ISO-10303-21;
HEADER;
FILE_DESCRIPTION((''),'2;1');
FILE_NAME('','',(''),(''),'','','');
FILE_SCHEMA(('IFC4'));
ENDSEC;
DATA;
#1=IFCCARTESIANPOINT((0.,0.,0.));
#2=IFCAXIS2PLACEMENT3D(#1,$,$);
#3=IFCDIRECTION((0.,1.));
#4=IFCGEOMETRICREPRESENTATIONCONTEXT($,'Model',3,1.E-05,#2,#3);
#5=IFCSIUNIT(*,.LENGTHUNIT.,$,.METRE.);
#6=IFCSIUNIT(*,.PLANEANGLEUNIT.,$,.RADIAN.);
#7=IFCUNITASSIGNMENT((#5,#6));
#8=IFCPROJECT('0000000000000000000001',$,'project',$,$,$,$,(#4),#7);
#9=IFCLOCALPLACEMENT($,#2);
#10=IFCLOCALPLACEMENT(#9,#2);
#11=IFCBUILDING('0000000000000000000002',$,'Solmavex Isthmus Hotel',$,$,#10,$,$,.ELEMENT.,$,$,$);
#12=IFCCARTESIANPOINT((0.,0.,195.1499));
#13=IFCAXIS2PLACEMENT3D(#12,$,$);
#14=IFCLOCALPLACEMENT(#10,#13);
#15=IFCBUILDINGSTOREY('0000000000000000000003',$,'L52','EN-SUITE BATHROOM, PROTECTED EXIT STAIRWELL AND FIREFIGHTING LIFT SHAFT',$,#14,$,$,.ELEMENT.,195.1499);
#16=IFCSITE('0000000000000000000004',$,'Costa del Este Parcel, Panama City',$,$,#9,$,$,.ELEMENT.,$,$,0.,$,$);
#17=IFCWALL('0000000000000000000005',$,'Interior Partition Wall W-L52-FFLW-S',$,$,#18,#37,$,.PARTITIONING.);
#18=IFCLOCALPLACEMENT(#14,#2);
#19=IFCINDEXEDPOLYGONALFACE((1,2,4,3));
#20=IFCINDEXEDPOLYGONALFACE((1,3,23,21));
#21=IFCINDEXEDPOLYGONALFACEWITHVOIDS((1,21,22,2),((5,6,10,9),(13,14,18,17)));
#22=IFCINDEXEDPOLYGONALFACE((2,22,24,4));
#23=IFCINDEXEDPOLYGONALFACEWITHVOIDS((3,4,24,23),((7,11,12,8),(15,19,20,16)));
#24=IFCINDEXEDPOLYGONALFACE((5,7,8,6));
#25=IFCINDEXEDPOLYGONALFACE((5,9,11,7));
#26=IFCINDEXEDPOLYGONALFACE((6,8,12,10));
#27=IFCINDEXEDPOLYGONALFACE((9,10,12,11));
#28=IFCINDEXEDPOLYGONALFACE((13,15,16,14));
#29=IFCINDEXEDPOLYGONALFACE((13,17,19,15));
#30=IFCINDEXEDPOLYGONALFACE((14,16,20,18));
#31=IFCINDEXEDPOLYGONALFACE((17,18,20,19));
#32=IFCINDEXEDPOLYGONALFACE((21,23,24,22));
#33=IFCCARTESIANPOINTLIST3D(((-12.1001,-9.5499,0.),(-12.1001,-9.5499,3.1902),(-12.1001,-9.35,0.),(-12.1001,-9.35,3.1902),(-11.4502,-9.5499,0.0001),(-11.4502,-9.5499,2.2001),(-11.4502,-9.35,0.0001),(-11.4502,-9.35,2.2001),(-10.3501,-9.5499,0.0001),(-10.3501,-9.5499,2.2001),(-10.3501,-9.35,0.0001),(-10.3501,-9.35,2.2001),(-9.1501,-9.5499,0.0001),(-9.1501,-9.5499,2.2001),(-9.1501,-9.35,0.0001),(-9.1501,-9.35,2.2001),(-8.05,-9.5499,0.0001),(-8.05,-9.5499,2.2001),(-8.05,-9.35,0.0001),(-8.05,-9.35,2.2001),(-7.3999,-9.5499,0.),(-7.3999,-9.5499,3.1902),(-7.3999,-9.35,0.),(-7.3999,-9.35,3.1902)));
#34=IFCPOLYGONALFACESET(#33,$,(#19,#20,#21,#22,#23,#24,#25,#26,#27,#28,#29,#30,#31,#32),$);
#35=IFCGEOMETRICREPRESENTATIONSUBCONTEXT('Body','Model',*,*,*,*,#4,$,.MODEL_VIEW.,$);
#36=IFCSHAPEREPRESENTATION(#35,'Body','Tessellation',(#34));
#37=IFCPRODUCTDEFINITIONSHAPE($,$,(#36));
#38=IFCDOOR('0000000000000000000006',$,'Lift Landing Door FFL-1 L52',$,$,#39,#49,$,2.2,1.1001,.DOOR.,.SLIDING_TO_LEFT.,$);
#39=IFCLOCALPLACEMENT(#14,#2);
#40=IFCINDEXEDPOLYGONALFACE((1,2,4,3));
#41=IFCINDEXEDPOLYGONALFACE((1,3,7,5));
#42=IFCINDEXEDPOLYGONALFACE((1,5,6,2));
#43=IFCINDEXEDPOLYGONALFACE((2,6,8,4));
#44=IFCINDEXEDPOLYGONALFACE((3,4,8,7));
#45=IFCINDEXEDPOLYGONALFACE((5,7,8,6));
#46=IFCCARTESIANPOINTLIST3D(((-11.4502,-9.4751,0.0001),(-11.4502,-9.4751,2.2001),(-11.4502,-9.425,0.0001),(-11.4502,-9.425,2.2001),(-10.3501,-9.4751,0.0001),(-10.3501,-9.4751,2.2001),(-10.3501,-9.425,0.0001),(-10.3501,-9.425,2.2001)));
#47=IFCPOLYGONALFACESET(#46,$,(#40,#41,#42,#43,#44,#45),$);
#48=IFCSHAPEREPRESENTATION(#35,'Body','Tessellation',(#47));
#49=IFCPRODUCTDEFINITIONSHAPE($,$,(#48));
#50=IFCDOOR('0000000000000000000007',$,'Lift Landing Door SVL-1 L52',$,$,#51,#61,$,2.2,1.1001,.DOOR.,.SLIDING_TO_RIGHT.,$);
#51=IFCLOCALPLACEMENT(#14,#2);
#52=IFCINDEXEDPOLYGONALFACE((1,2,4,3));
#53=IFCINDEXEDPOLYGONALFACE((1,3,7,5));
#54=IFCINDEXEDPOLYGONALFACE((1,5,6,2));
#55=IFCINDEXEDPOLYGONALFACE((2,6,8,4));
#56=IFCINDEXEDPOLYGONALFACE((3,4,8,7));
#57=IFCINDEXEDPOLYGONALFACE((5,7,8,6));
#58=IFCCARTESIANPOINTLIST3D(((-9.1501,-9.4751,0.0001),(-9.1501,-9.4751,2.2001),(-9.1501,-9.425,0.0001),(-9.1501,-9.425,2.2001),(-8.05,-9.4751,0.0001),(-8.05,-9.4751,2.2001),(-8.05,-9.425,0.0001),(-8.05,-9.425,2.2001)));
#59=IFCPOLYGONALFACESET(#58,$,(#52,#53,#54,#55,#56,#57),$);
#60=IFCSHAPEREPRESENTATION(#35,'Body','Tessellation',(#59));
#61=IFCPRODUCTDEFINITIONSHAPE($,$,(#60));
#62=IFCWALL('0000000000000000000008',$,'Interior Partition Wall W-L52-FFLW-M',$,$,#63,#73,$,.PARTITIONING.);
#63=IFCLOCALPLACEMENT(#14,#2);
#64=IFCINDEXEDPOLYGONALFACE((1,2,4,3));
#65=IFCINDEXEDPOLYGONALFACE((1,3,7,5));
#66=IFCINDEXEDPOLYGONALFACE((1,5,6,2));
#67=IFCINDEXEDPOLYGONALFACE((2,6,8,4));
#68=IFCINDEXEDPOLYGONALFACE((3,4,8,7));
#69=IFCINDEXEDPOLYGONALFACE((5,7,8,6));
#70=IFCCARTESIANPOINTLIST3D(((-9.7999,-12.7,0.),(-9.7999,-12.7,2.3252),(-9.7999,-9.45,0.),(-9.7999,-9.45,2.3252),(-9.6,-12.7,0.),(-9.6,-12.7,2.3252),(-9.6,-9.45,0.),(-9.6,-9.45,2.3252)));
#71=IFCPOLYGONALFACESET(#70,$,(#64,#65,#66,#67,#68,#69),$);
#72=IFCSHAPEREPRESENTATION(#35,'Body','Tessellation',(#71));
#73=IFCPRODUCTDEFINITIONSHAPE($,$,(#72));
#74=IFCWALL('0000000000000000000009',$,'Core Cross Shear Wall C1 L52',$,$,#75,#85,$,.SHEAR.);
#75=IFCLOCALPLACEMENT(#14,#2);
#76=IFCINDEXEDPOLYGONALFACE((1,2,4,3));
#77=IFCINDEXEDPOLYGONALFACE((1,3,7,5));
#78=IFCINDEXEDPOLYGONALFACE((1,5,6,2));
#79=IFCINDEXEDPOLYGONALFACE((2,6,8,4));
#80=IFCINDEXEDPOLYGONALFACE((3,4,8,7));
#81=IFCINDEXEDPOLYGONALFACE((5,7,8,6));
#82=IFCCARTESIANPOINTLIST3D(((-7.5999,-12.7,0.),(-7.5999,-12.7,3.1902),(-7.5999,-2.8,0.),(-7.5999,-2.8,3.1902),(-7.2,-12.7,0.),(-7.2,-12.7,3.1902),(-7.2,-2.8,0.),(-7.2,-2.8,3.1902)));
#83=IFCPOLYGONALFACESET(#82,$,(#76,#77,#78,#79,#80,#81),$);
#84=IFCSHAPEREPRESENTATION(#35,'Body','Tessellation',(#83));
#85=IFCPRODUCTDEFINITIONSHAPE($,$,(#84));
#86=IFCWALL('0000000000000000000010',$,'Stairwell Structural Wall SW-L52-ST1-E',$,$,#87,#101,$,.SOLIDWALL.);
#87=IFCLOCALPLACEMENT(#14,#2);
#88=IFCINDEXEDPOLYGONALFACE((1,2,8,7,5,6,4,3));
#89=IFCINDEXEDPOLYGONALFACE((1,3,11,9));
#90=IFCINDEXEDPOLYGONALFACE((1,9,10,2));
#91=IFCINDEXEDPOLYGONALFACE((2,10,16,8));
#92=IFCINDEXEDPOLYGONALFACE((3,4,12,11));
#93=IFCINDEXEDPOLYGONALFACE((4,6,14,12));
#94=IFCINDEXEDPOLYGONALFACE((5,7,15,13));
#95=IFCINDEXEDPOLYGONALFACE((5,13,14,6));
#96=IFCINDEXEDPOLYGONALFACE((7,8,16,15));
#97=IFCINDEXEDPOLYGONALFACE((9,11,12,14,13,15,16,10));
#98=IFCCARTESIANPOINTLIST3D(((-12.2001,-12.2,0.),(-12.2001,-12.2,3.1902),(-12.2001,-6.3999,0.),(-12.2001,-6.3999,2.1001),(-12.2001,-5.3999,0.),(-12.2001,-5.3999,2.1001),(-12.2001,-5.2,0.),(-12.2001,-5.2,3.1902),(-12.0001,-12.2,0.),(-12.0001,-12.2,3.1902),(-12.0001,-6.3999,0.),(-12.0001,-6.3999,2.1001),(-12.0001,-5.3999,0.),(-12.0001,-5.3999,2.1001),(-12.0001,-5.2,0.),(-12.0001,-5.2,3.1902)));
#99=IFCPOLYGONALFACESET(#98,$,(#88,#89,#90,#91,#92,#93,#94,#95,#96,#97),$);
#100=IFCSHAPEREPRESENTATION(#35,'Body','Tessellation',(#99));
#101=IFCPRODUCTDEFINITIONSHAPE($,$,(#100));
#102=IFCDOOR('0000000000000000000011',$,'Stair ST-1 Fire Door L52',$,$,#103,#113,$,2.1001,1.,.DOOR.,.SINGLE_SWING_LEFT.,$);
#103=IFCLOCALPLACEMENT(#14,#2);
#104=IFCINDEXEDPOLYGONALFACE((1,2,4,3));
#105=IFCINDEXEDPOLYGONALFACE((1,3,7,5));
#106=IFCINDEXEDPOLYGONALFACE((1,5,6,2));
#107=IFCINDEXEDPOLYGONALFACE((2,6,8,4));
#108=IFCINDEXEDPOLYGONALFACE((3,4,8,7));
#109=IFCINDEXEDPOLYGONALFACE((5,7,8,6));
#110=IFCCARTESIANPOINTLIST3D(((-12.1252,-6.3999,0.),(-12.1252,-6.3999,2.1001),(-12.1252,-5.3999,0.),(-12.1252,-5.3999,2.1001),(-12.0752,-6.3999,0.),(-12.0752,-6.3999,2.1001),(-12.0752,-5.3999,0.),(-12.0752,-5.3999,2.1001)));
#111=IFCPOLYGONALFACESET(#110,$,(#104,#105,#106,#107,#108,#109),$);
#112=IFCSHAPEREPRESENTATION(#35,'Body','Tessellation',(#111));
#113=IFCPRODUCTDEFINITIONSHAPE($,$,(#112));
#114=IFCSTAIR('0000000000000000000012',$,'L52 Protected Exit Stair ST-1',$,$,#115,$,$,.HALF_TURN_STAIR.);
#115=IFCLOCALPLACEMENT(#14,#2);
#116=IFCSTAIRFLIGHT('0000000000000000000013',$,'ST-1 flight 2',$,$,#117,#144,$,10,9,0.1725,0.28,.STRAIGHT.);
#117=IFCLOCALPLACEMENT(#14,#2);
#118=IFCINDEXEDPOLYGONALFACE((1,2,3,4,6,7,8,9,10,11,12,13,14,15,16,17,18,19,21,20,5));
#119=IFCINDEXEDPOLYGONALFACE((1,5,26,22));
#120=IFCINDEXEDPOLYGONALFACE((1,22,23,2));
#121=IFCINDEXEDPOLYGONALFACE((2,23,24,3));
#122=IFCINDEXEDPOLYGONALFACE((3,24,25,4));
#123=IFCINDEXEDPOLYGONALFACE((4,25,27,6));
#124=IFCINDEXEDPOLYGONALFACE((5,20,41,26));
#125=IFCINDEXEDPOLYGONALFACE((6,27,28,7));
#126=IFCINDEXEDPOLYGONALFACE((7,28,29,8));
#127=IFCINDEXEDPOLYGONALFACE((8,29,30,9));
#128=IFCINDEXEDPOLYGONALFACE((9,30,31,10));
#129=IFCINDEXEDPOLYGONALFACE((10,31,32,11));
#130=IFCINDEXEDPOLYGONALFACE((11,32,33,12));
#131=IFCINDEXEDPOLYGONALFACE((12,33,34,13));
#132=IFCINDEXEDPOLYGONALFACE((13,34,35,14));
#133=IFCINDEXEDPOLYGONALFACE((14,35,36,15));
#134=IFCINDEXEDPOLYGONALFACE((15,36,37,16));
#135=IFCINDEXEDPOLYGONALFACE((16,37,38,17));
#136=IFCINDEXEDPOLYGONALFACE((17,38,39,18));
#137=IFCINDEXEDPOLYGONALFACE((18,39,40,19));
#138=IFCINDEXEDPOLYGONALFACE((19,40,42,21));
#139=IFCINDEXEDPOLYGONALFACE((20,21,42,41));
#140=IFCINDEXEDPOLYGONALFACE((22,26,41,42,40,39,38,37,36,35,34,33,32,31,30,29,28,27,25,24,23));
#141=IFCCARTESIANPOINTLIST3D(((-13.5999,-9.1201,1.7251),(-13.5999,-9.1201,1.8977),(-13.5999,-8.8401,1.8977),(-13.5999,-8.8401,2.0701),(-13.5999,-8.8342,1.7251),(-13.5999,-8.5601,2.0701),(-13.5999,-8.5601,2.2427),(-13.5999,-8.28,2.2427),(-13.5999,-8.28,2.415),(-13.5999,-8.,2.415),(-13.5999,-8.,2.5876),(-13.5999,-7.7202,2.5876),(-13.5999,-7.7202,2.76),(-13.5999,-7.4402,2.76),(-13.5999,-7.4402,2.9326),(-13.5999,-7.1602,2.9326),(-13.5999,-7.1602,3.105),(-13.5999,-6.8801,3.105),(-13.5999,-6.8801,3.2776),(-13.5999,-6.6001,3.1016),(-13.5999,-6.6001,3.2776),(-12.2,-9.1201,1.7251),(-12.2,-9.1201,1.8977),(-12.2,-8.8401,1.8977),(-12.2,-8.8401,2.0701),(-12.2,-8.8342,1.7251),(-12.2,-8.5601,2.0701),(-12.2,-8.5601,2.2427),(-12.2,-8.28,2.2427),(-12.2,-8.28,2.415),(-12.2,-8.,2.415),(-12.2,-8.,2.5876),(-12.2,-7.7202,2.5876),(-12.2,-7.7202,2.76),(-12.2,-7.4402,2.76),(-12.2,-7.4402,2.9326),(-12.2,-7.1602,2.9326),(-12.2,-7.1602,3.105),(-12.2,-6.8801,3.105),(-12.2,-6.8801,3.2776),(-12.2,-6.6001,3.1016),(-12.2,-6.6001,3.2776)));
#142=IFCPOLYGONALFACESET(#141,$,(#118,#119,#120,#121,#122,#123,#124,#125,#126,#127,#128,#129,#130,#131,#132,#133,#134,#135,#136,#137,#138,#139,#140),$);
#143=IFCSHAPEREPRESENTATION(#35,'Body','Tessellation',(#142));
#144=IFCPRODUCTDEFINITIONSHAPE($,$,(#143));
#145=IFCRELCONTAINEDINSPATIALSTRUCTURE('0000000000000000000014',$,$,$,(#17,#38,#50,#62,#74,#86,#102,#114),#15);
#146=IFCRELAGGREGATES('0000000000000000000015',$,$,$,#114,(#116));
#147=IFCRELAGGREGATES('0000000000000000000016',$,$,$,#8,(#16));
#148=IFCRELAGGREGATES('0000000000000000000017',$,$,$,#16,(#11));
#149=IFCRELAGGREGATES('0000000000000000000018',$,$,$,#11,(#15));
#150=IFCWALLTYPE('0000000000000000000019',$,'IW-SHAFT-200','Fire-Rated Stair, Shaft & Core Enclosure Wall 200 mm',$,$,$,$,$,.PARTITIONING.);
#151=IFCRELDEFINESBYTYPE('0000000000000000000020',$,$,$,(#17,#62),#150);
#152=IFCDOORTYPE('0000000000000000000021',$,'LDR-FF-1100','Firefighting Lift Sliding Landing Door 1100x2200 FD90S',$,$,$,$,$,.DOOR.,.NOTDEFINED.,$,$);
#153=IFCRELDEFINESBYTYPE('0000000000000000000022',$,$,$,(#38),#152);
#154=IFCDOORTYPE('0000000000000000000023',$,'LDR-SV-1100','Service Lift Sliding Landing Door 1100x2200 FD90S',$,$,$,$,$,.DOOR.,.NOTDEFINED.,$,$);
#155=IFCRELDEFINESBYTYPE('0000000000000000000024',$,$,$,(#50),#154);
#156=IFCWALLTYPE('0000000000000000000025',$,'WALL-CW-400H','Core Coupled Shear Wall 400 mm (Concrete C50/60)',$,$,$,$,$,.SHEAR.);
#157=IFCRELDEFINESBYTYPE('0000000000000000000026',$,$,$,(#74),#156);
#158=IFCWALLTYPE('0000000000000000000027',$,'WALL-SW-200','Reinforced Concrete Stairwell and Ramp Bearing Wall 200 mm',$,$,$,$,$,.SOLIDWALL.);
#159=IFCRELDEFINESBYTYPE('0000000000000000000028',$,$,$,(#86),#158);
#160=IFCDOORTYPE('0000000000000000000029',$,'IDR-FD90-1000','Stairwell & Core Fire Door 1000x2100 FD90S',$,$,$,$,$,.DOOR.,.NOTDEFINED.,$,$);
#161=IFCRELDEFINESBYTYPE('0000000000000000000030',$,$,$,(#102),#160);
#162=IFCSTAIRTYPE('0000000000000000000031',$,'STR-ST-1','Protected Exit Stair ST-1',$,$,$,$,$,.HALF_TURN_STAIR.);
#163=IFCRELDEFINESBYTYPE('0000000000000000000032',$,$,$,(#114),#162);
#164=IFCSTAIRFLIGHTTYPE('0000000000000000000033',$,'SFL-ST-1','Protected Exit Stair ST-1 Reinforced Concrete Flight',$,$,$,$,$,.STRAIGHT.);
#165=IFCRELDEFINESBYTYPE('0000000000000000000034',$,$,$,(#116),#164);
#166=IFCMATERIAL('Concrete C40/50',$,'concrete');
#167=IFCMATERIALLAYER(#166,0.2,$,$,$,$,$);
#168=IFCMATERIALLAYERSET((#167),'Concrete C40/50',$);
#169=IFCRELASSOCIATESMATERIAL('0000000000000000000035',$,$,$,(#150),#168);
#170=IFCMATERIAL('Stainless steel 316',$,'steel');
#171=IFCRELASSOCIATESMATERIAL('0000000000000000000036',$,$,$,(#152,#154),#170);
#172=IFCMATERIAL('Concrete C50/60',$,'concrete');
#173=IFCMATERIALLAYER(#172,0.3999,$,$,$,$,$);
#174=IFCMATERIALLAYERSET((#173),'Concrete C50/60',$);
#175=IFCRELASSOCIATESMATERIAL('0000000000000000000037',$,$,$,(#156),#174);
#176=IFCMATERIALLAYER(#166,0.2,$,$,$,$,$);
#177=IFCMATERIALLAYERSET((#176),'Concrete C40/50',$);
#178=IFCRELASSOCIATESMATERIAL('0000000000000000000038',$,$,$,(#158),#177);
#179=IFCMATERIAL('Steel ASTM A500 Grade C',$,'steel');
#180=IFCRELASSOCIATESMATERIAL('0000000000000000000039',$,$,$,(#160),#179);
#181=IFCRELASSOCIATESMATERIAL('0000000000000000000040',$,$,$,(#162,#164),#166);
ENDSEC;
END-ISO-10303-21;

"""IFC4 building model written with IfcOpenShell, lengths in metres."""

from ifc_helpers import new_model, si_unit, direction, frame, frame_2d, origin, place, context, subcontext, project, spatial, polyline, rectangle, outline, extrude, material, layer, layer_set, type_object, element, fill, aggregate, save


model = new_model("IFC4")

# Units and contexts
model_context = context("Model", 3, precision=1e-05, world=origin(), true_north=direction((0.0, 1.0)))
body_context = subcontext(model_context, "Body", "Model", "MODEL_VIEW")
ifc_project = project(units=[si_unit("LENGTHUNIT", "METRE"), si_unit("PLANEANGLEUNIT", "RADIAN")], contexts=[model_context])

# Site, building, storey
site_placement = place(None, origin())
site = spatial("IfcSite", under=ifc_project, at=site_placement, Name="Costa del Este Parcel, Panama City", CompositionType="ELEMENT", RefElevation=0.0)
building_placement = place(site_placement, origin())
building = spatial("IfcBuilding", under=site, at=building_placement, Name="Solmavex Isthmus Hotel", CompositionType="ELEMENT")
storey_placement = place(building_placement, frame((0.0, 0.0, 195.1499)))
storey = spatial("IfcBuildingStorey", under=building, at=storey_placement, Name="L52", Description="EN-SUITE BATHROOM, PROTECTED EXIT STAIRWELL AND FIREFIGHTING LIFT SHAFT", CompositionType="ELEMENT", Elevation=195.1499)

# Shared definitions
ifc_material_1 = material(Name="Concrete C50/60", Category="concrete")

# Wall, openings, doors
ifc_material_2 = material(Name="Concrete C40/50", Category="concrete")
ifc_layer_1 = layer(ifc_material_2, 0.2)
ifc_layer_set_1 = layer_set([ifc_layer_1], Name="Concrete C40/50")
wall_type_1 = type_object("IfcWallType", Name="IW-SHAFT-200", Description="Fire-Rated Stair, Shaft & Core Enclosure Wall 200 mm", PredefinedType="PARTITIONING", material=ifc_layer_set_1)
wall_1_placement = place(storey_placement, frame((-12.1001, -9.45, 0.0), z_axis=(0.0, 0.0, 1.0), x_axis=(1.0, 0.0, 0.0)))
wall_1 = element("IfcWall", 1, at=wall_1_placement, inside=storey, type_object=wall_type_1, Name="Interior Partition Wall W-L52-FFLW-S", PredefinedType="PARTITIONING", context=body_context, shape_type="SweptSolid", body=[
    extrude(rectangle(XDim=4.7002, YDim=0.2, at=frame_2d((2.3501, 0.0))), origin(), (0.0, 0.0, 1.0), 3.1902),
])
opening_1_placement = place(wall_1_placement, frame((0.6499, 0.0, 0.0)))
opening_1 = element("IfcOpeningElement", 2, at=opening_1_placement, cuts=wall_1, PredefinedType="OPENING", context=body_context, shape_type="SweptSolid", body=[
    extrude(rectangle(XDim=1.1001, YDim=2.2, at=frame_2d((0.55, 1.1001))), frame((0.0, 0.1099, 0.0), z_axis=(0.0, -1.0, 0.0), x_axis=(1.0, 0.0, 0.0)), (0.0, 0.0, 1.0), 0.22),
])
opening_2_placement = place(wall_1_placement, frame((2.95, 0.0, 0.0)))
opening_2 = element("IfcOpeningElement", 3, at=opening_2_placement, cuts=wall_1, PredefinedType="OPENING", context=body_context, shape_type="SweptSolid", body=[
    extrude(rectangle(XDim=1.1001, YDim=2.2, at=frame_2d((0.55, 1.1001))), frame((0.0, 0.1099, 0.0), z_axis=(0.0, -1.0, 0.0), x_axis=(1.0, 0.0, 0.0)), (0.0, 0.0, 1.0), 0.22),
])
ifc_material_3 = material(Name="Stainless steel 316", Category="steel")
door_type_1 = type_object("IfcDoorType", Name="LDR-FF-1100", Description="Firefighting Lift Sliding Landing Door 1100x2200 FD90S", OperationType="NOTDEFINED", PredefinedType="DOOR", material=ifc_material_3)
door_1_placement = place(opening_1_placement, origin())
door_1 = element("IfcDoor", 4, at=door_1_placement, inside=storey, type_object=door_type_1, Name="Lift Landing Door FFL-1 L52", OperationType="SLIDING_TO_LEFT", OverallHeight=2.2, OverallWidth=1.1001, PredefinedType="DOOR", context=body_context, shape_type="SweptSolid", body=[
    extrude(rectangle(XDim=1.1001, YDim=2.2, at=frame_2d((0.55, 1.1001))), frame((0.0, 0.0249, 0.0), z_axis=(0.0, -1.0, 0.0), x_axis=(1.0, 0.0, 0.0)), (0.0, 0.0, 1.0), 0.05),
])
fill(opening_1, door_1)
door_type_2 = type_object("IfcDoorType", Name="LDR-SV-1100", Description="Service Lift Sliding Landing Door 1100x2200 FD90S", OperationType="NOTDEFINED", PredefinedType="DOOR", material=ifc_material_3)
door_2_placement = place(opening_2_placement, origin())
door_2 = element("IfcDoor", 5, at=door_2_placement, inside=storey, type_object=door_type_2, Name="Lift Landing Door SVL-1 L52", OperationType="SLIDING_TO_RIGHT", OverallHeight=2.2, OverallWidth=1.1001, PredefinedType="DOOR", context=body_context, shape_type="SweptSolid", body=[
    extrude(rectangle(XDim=1.1001, YDim=2.2, at=frame_2d((0.55, 1.1001))), frame((0.0, 0.0249, 0.0), z_axis=(0.0, -1.0, 0.0), x_axis=(1.0, 0.0, 0.0)), (0.0, 0.0, 1.0), 0.05),
])
fill(opening_2, door_2)

# Walls
wall_2_placement = place(storey_placement, frame((-9.7, -12.7, 0.0), z_axis=(0.0, 0.0, 1.0), x_axis=(0.0, 1.0, 0.0)))
element("IfcWall", 6, at=wall_2_placement, inside=storey, type_object=wall_type_1, Name="Interior Partition Wall W-L52-FFLW-M", PredefinedType="PARTITIONING", context=body_context, shape_type="SweptSolid", body=[
    extrude(rectangle(XDim=3.25, YDim=0.2, at=frame_2d((1.625, 0.0))), origin(), (0.0, 0.0, 1.0), 2.3252),
])
ifc_layer_2 = layer(ifc_material_1, 0.3999)
ifc_layer_set_2 = layer_set([ifc_layer_2], Name="Concrete C50/60")
wall_type_2 = type_object("IfcWallType", Name="WALL-CW-400H", Description="Core Coupled Shear Wall 400 mm (Concrete C50/60)", PredefinedType="SHEAR", material=ifc_layer_set_2)
wall_3_placement = place(storey_placement, frame((-7.3999, -12.7, 0.0), z_axis=(0.0, 0.0, 1.0), x_axis=(0.0, 1.0, 0.0)))
element("IfcWall", 7, at=wall_3_placement, inside=storey, type_object=wall_type_2, Name="Core Cross Shear Wall C1 L52", PredefinedType="SHEAR", context=body_context, shape_type="SweptSolid", body=[
    extrude(rectangle(XDim=9.8999, YDim=0.3999, at=frame_2d((4.95, 0.0))), origin(), (0.0, 0.0, 1.0), 3.1902),
])

# Wall, opening, door
ifc_layer_3 = layer(ifc_material_2, 0.2)
ifc_layer_set_3 = layer_set([ifc_layer_3], Name="Concrete C40/50")
wall_type_3 = type_object("IfcWallType", Name="WALL-SW-200", Description="Reinforced Concrete Stairwell and Ramp Bearing Wall 200 mm", PredefinedType="SOLIDWALL", material=ifc_layer_set_3)
wall_4_placement = place(storey_placement, frame((-12.1001, -12.2, 0.0), z_axis=(0.0, 0.0, 1.0), x_axis=(0.0, 1.0, 0.0)))
wall_4 = element("IfcWall", 8, at=wall_4_placement, inside=storey, type_object=wall_type_3, Name="Stairwell Structural Wall SW-L52-ST1-E", PredefinedType="SOLIDWALL", context=body_context, shape_type="SweptSolid", body=[
    extrude(rectangle(XDim=7.0, YDim=0.2, at=frame_2d((3.5, 0.0))), origin(), (0.0, 0.0, 1.0), 3.1902),
])
opening_3_placement = place(wall_4_placement, frame((5.8, 0.0, 0.0)))
opening_3 = element("IfcOpeningElement", 9, at=opening_3_placement, cuts=wall_4, PredefinedType="OPENING", context=body_context, shape_type="SweptSolid", body=[
    extrude(rectangle(XDim=1.0, YDim=2.1001, at=frame_2d((0.5, 1.05))), frame((0.0, 0.1099, 0.0), z_axis=(0.0, -1.0, 0.0), x_axis=(1.0, 0.0, 0.0)), (0.0, 0.0, 1.0), 0.22),
])
ifc_material_4 = material(Name="Steel ASTM A500 Grade C", Category="steel")
door_type_3 = type_object("IfcDoorType", Name="IDR-FD90-1000", Description="Stairwell & Core Fire Door 1000x2100 FD90S", OperationType="NOTDEFINED", PredefinedType="DOOR", material=ifc_material_4)
door_3_placement = place(opening_3_placement, frame((1.0, 0.0, 0.0), z_axis=(0.0, 0.0, 1.0), x_axis=(-1.0, 0.0, 0.0)))
door_3 = element("IfcDoor", 10, at=door_3_placement, inside=storey, type_object=door_type_3, Name="Stair ST-1 Fire Door L52", OperationType="SINGLE_SWING_LEFT", OverallHeight=2.1001, OverallWidth=1.0, PredefinedType="DOOR", context=body_context, shape_type="SweptSolid", body=[
    extrude(rectangle(XDim=1.0, YDim=2.1001, at=frame_2d((0.5, 1.05))), frame((0.0, 0.0249, 0.0), z_axis=(0.0, -1.0, 0.0), x_axis=(1.0, 0.0, 0.0)), (0.0, 0.0, 1.0), 0.05),
])
fill(opening_3, door_3)

# Stair, stair flight
stair_type = type_object("IfcStairType", Name="STR-ST-1", Description="Protected Exit Stair ST-1", PredefinedType="HALF_TURN_STAIR", material=ifc_material_2)
stair_placement = place(storey_placement, origin())
stair = element("IfcStair", 11, at=stair_placement, inside=storey, type_object=stair_type, Name="L52 Protected Exit Stair ST-1", PredefinedType="HALF_TURN_STAIR")
stair_flight_type = type_object("IfcStairFlightType", Name="SFL-ST-1", Description="Protected Exit Stair ST-1 Reinforced Concrete Flight", PredefinedType="STRAIGHT", material=ifc_material_2)
stair_flight_placement = place(storey_placement, frame((-12.8999, -9.1201, 1.7251), z_axis=(0.0, 0.0, 1.0), x_axis=(0.0, 1.0, 0.0)))
stair_flight = element("IfcStairFlight", 12, at=stair_flight_placement, type_object=stair_flight_type, Name="ST-1 flight 2", NumberOfRisers=10, NumberOfTreads=9, PredefinedType="STRAIGHT", RiserHeight=0.1725, TreadLength=0.28, context=body_context, shape_type="SweptSolid", body=[
    extrude(outline(polyline([(0.0, 0.0), (0.0, 0.1726), (0.28, 0.1726), (0.28, 0.345), (0.5601, 0.345), (0.5601, 0.5176), (0.8401, 0.5176), (0.8401, 0.6899), (1.1201, 0.6899), (1.1201, 0.8625), (1.3999, 0.8625), (1.3999, 1.0349), (1.6799, 1.0349), (1.6799, 1.2075), (1.96, 1.2075), (1.96, 1.3799), (2.24, 1.3799), (2.24, 1.5525), (2.52, 1.5525), (2.52, 1.7251), (2.52, 1.3765), (0.2859, 0.0), (0.0, 0.0)])), frame((0.0, 0.7, 0.0), z_axis=(0.0, -1.0, 0.0), x_axis=(1.0, 0.0, 0.0)), (0.0, 0.0, 1.0), 1.3999),
])
aggregate(stair, [stair_flight])

save(model, "model.ifc")
